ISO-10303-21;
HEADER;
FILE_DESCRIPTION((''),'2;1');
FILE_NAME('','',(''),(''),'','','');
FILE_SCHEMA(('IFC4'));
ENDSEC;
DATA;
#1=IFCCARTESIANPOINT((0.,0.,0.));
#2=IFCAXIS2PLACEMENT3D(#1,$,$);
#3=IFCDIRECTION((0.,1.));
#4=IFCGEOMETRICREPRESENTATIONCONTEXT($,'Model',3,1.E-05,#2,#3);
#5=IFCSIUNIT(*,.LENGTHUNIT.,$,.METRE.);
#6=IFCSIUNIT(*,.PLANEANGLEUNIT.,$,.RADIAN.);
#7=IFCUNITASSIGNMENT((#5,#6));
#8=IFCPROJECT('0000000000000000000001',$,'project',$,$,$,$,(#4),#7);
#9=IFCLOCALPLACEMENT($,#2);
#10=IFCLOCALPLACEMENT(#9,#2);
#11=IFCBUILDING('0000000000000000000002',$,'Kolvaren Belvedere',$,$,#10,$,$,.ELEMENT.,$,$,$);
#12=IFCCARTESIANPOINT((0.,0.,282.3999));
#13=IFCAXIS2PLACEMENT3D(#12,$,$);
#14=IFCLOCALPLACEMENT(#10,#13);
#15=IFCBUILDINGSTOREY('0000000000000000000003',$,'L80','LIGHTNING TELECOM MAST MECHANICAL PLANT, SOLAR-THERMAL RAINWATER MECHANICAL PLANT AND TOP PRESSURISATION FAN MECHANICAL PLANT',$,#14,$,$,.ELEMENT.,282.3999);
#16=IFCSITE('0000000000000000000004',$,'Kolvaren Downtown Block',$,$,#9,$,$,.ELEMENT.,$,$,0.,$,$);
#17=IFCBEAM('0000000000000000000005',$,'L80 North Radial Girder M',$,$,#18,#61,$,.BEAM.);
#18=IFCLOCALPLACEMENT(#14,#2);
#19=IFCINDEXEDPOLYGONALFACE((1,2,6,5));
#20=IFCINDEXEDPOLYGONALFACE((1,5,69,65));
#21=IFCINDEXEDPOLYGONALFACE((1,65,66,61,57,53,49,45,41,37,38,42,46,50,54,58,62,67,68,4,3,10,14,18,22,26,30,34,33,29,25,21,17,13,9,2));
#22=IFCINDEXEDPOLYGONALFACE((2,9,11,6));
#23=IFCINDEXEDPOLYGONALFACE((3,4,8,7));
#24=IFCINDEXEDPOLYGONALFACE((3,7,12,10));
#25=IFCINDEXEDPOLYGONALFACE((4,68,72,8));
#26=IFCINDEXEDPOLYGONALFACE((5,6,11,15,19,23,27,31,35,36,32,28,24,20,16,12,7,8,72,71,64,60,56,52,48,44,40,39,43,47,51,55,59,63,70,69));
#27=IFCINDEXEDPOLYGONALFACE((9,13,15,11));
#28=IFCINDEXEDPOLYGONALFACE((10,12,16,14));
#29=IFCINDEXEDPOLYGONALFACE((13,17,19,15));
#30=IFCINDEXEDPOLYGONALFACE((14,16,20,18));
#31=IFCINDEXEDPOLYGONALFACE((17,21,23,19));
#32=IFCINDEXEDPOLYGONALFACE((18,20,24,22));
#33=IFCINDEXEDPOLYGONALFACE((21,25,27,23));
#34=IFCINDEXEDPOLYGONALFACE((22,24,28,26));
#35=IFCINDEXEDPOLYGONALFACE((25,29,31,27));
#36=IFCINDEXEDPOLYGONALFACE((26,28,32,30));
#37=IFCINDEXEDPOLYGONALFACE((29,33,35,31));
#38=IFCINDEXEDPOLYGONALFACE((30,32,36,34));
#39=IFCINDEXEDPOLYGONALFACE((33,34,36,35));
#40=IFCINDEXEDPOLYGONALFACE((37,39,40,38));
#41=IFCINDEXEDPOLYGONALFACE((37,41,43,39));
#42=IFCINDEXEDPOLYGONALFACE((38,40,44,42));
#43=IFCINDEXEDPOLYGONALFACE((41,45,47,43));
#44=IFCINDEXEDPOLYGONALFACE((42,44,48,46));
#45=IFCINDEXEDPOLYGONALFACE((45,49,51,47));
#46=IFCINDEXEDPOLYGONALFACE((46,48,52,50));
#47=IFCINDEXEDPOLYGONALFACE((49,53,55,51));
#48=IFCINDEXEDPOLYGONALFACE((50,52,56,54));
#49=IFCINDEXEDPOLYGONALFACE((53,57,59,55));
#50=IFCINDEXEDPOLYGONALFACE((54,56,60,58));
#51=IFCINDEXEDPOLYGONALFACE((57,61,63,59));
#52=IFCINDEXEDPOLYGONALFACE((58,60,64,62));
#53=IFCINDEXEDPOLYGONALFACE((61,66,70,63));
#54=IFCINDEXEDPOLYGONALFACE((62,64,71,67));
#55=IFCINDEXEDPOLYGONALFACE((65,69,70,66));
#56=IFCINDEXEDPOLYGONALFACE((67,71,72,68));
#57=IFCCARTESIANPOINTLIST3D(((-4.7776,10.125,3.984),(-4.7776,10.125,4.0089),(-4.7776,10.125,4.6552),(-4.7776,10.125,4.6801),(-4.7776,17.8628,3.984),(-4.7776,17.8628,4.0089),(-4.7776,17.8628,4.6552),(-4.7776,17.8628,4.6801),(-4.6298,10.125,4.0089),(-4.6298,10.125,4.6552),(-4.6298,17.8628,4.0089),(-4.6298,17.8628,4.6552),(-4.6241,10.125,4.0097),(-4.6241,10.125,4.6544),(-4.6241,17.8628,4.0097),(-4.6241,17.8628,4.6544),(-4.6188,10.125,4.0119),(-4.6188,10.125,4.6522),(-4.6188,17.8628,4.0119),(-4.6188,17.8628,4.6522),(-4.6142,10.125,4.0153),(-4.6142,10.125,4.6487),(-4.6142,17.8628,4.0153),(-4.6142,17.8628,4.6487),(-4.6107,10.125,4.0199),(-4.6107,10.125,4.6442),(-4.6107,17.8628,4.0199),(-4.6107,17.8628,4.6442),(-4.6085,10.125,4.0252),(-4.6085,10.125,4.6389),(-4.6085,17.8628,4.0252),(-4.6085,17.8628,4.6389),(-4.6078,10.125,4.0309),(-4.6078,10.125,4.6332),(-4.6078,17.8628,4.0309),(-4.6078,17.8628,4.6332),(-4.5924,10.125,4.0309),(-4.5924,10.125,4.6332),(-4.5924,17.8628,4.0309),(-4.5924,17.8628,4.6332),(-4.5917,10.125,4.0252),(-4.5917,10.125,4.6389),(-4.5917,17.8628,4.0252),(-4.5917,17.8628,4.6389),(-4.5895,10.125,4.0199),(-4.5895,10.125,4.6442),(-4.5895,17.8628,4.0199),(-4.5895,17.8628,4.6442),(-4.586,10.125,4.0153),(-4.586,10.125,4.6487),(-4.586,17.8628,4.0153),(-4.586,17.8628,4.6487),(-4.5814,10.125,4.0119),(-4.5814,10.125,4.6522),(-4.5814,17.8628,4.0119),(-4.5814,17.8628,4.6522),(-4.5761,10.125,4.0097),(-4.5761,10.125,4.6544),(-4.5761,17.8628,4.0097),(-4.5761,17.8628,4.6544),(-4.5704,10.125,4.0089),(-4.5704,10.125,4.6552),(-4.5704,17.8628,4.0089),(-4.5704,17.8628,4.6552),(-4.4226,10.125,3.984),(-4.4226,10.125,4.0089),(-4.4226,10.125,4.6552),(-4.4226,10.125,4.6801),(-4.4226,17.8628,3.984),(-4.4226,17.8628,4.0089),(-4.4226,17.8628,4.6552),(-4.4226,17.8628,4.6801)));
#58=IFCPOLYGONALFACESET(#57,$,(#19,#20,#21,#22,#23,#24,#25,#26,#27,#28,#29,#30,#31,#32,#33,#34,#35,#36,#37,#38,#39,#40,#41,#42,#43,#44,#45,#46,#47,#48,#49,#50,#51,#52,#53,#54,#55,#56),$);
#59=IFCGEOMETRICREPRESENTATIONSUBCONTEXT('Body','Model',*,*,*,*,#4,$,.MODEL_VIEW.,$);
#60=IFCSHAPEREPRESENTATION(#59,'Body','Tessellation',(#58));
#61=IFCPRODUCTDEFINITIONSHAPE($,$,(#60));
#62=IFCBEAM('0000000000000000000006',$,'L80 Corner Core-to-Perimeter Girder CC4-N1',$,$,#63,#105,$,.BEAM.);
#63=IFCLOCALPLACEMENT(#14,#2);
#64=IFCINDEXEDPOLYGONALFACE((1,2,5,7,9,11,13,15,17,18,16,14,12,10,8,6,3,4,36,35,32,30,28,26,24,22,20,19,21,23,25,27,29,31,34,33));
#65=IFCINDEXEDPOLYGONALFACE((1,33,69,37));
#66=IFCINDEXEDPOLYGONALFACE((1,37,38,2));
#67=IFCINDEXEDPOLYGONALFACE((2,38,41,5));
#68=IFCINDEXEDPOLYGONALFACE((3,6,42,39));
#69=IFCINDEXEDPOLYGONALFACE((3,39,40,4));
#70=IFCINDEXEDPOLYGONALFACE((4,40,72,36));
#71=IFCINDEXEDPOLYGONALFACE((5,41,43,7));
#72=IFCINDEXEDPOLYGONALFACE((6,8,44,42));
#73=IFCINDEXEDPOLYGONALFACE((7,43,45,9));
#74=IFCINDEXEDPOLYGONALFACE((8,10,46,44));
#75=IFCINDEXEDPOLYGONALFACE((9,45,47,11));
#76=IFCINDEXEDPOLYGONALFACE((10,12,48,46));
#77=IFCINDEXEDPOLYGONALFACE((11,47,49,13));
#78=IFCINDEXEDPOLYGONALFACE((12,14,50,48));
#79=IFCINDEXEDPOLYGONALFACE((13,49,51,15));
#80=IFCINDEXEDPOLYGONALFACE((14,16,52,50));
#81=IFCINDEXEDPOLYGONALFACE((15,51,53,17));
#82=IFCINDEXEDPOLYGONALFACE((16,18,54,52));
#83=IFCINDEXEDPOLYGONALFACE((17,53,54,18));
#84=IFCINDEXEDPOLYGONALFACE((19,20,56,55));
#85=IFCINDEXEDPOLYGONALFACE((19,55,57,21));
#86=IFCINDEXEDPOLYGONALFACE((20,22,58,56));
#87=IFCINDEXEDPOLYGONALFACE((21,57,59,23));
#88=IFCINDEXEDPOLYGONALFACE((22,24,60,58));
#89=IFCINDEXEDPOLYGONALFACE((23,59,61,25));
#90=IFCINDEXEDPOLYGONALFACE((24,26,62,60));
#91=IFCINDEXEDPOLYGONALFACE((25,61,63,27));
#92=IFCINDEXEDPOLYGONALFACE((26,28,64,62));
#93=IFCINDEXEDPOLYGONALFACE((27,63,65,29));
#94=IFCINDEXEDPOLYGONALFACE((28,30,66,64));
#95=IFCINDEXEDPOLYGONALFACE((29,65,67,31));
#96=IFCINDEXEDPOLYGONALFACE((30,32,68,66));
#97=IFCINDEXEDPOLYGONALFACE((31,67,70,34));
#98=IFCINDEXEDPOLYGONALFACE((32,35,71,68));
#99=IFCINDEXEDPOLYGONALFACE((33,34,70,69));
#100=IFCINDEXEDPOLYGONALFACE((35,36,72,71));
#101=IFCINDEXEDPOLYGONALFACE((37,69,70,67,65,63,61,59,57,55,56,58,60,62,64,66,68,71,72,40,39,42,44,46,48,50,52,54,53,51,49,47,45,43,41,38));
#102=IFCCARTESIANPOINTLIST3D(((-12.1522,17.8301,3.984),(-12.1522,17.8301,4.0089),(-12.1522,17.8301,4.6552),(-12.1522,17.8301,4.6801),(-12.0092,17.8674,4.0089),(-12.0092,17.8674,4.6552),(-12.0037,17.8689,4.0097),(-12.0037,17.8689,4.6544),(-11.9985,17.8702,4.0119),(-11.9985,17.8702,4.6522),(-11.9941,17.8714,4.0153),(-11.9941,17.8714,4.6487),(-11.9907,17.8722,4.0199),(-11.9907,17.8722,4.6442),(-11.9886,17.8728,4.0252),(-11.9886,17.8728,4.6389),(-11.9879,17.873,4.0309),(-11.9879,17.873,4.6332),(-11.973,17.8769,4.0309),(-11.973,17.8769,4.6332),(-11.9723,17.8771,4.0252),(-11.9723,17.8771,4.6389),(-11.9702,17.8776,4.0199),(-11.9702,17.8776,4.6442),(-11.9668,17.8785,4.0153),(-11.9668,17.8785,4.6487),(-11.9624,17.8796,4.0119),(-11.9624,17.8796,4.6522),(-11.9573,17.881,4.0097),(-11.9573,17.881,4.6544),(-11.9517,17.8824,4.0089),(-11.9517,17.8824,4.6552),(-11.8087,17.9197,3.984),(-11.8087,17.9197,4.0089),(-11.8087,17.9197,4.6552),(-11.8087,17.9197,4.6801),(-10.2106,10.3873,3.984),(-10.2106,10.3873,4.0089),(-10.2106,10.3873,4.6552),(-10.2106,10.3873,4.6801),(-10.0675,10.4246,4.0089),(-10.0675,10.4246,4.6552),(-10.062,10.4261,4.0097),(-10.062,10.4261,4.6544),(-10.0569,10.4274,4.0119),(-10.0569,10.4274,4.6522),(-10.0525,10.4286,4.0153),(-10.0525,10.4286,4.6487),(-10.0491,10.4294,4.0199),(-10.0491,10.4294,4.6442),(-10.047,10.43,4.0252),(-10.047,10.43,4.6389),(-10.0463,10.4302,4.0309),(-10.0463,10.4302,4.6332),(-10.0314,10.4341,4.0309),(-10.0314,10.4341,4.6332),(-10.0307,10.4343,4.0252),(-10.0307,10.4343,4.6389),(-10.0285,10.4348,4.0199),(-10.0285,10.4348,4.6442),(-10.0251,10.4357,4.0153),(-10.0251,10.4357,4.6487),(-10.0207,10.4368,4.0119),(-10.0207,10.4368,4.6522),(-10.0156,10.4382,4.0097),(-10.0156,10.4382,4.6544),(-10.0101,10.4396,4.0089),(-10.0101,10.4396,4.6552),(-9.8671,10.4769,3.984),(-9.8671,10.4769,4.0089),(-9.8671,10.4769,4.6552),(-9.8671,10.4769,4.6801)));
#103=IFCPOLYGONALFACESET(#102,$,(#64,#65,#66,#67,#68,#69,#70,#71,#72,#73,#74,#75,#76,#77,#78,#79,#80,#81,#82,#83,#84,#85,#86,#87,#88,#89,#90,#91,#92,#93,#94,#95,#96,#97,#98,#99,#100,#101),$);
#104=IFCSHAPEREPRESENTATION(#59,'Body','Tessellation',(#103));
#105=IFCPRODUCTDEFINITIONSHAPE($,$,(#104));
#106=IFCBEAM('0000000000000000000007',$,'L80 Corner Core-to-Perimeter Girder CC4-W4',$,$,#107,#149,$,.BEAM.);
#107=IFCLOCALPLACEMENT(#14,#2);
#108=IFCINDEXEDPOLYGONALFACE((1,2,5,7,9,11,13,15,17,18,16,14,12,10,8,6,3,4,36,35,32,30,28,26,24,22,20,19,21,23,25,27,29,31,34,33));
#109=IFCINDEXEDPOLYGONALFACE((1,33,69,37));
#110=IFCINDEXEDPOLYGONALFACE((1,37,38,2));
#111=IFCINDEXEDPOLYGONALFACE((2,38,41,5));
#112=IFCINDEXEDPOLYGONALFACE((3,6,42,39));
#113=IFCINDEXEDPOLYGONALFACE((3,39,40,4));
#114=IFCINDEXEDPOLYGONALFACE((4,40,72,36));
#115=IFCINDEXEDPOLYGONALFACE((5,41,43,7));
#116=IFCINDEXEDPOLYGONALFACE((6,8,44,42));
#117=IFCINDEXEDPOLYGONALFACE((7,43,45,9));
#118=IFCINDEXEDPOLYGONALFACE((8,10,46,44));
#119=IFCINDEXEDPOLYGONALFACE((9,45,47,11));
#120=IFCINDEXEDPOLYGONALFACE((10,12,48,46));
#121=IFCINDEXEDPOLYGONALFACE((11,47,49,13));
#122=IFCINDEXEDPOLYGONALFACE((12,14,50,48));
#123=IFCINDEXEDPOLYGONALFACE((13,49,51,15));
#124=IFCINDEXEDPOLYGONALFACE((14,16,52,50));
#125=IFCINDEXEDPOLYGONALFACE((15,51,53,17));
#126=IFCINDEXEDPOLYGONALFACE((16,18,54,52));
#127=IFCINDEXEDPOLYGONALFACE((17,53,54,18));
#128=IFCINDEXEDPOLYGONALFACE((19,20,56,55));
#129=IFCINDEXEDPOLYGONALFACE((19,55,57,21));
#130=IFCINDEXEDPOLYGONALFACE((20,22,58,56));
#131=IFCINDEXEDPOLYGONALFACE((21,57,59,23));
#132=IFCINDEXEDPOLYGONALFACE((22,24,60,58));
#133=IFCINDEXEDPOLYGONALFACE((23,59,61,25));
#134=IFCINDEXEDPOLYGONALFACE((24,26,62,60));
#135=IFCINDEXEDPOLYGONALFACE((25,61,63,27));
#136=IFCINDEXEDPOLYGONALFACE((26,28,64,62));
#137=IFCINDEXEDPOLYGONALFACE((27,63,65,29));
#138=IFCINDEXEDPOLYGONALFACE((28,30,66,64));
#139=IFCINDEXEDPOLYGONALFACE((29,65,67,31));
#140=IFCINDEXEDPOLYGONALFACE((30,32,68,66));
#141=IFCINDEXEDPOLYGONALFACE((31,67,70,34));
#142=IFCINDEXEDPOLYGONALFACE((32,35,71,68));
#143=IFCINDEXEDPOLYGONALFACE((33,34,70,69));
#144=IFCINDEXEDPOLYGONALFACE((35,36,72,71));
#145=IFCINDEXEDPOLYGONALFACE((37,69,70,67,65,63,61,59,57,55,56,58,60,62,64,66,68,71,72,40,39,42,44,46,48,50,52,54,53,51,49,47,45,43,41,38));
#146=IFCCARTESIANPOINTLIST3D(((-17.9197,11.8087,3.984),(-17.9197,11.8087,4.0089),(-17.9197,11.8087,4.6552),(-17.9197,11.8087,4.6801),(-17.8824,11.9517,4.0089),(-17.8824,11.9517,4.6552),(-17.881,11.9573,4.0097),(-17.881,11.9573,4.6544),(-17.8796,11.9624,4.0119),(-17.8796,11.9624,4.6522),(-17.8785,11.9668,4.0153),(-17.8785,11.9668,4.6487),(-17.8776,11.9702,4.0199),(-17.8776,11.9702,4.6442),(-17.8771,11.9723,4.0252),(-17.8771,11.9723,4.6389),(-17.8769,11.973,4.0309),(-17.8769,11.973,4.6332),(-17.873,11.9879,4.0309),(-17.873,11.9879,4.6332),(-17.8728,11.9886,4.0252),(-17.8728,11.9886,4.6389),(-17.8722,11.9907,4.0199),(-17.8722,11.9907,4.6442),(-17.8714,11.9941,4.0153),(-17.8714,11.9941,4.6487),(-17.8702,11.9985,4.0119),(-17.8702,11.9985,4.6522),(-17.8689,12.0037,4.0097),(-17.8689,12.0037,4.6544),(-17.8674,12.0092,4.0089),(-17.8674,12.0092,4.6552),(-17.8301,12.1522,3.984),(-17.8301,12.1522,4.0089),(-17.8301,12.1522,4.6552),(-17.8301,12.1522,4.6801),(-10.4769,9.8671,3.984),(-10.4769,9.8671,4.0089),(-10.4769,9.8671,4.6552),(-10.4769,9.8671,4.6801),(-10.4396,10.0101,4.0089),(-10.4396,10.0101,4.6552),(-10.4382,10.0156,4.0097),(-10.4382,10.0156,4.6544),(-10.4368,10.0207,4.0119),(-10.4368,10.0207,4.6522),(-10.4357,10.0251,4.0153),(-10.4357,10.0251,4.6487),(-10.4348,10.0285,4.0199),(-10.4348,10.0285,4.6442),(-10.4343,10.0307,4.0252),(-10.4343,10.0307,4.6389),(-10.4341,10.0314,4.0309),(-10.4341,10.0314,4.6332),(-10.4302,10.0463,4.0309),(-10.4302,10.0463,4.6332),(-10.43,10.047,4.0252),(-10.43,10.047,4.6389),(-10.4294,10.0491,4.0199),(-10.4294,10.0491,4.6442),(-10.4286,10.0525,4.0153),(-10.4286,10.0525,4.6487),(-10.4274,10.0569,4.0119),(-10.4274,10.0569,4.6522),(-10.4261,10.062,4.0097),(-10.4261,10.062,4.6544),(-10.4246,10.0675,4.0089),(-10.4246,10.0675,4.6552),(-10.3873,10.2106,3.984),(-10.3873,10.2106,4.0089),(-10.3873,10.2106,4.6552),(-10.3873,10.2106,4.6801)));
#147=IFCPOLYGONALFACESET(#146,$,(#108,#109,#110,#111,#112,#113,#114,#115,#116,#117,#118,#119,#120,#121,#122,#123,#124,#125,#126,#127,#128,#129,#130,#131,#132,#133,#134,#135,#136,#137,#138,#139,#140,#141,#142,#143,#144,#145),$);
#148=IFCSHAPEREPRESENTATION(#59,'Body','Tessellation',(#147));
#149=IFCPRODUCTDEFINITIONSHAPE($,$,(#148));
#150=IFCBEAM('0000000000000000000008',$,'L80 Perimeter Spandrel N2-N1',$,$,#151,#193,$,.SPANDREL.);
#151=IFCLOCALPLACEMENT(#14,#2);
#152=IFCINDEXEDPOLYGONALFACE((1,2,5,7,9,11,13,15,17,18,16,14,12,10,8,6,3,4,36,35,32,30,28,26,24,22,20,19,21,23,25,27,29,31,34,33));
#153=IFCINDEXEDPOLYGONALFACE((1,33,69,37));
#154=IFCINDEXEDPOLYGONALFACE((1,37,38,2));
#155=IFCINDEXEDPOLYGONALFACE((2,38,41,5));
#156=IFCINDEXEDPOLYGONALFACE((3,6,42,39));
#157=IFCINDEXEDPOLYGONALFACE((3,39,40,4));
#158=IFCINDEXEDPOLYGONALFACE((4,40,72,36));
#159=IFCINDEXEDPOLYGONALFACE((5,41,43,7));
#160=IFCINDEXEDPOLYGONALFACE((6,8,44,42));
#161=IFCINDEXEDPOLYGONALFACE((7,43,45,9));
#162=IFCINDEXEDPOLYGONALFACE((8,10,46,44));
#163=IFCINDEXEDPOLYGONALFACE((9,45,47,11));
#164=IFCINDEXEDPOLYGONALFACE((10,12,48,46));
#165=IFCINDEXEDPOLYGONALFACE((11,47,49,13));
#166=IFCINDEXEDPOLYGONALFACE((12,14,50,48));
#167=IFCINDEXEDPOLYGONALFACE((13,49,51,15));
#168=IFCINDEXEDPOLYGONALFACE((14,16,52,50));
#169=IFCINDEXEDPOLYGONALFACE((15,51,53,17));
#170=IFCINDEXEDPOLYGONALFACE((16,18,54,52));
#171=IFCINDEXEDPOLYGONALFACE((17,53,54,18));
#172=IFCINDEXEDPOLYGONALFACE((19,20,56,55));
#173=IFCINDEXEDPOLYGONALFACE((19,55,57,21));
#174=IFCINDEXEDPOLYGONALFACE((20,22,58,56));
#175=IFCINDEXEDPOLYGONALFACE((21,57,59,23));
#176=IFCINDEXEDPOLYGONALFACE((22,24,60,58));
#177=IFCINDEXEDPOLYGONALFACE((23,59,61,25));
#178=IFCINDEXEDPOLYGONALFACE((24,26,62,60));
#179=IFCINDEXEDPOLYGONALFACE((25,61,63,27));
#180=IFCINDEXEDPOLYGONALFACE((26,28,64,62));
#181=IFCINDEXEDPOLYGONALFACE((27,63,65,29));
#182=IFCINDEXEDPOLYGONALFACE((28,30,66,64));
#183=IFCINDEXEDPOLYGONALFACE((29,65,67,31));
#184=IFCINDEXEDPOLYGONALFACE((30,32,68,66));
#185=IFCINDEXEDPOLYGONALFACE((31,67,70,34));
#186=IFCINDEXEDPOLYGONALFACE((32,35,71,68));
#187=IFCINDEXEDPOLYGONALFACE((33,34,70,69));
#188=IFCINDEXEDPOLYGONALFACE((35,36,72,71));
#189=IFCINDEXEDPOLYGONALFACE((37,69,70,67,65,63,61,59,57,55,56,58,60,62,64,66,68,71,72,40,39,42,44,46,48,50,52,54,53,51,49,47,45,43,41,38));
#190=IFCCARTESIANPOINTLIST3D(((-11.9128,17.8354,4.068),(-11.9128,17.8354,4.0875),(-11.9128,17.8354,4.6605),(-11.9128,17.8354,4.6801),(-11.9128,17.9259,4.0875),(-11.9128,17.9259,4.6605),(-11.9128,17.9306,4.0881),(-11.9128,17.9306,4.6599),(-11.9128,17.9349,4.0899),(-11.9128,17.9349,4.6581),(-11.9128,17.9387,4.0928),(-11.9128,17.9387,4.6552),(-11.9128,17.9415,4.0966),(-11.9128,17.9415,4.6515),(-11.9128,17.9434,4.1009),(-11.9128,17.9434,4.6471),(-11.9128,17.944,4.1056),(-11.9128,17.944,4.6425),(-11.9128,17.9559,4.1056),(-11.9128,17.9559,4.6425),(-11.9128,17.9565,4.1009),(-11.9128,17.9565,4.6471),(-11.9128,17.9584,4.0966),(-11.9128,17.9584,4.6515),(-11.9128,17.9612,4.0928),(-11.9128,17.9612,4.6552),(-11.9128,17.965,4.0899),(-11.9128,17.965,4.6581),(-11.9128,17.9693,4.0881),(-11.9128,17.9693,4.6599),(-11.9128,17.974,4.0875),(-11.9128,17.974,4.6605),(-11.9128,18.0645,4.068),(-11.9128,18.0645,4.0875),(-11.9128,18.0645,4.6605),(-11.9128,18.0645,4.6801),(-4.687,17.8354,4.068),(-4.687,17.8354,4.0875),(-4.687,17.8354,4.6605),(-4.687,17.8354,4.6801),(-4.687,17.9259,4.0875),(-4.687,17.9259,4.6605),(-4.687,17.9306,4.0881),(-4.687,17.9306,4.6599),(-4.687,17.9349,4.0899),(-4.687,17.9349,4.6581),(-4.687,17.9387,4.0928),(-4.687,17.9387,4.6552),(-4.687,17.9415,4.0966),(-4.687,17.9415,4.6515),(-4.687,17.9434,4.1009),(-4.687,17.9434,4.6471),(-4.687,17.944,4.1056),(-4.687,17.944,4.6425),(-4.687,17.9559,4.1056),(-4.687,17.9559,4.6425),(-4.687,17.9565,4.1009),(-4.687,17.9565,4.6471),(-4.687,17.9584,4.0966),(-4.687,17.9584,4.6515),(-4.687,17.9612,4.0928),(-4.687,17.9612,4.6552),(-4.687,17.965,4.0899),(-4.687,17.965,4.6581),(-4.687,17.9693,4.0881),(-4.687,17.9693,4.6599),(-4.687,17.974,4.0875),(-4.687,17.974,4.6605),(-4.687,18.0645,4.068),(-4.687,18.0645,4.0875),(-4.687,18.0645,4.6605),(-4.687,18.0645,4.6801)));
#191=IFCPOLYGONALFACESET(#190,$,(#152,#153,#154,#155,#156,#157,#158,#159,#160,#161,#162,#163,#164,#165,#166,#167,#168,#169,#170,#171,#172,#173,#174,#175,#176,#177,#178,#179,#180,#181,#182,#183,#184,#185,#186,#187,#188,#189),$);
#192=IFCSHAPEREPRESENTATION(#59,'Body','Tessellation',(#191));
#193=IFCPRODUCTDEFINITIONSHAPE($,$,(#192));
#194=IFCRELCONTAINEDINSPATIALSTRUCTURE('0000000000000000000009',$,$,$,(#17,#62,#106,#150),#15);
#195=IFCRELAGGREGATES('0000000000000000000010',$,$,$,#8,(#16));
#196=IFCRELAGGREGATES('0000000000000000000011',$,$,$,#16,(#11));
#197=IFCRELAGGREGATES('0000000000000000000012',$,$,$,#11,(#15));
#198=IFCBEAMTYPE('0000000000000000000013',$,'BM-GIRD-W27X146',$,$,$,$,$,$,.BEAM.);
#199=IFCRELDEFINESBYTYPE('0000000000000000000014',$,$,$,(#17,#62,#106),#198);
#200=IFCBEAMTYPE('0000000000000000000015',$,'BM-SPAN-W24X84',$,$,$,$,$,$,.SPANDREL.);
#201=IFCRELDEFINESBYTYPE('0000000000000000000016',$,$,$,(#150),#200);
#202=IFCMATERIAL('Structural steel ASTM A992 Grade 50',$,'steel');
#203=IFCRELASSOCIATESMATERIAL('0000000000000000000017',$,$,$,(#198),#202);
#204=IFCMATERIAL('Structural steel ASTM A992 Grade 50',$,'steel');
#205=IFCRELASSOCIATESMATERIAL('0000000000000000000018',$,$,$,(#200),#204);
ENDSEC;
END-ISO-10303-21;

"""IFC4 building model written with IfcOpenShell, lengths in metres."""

from ifc_helpers import new_model, si_unit, direction, frame, origin, origin_2d, place, context, subcontext, project, spatial, i_section, extrude, material, material_profile, profile_set, type_object, element, save


model = new_model("IFC4")

# Units and contexts
model_context = context("Model", 3, precision=1e-05, world=origin(), true_north=direction((0.0, 1.0)))
body_context = subcontext(model_context, "Body", "Model", "MODEL_VIEW")
ifc_project = project(units=[si_unit("LENGTHUNIT", "METRE"), si_unit("PLANEANGLEUNIT", "RADIAN")], contexts=[model_context])

# Site, building, storey
site_placement = place(None, origin())
site = spatial("IfcSite", under=ifc_project, at=site_placement, Name="Kolvaren Downtown Block", CompositionType="ELEMENT", RefElevation=0.0)
building_placement = place(site_placement, origin())
building = spatial("IfcBuilding", under=site, at=building_placement, Name="Kolvaren Belvedere", CompositionType="ELEMENT")
storey_placement = place(building_placement, frame((0.0, 0.0, 282.3999)))
storey = spatial("IfcBuildingStorey", under=building, at=storey_placement, Name="L80", Description="LIGHTNING TELECOM MAST MECHANICAL PLANT, SOLAR-THERMAL RAINWATER MECHANICAL PLANT AND TOP PRESSURISATION FAN MECHANICAL PLANT", CompositionType="ELEMENT", Elevation=282.3999)

# Beams
ifc_material_1 = material(Name="Structural steel ASTM A992 Grade 50", Category="steel")
ifc_material_profile_1 = material_profile(ifc_material_1, i_section(OverallWidth=0.355, OverallDepth=0.696, WebThickness=0.0154, FlangeThickness=0.0249, FilletRadius=0.022, at=origin_2d()), Name="W27X146")
ifc_profile_set_1 = profile_set([ifc_material_profile_1], Name="Structural steel ASTM A992 Grade 50")
beam_type_1 = type_object("IfcBeamType", Name="BM-GIRD-W27X146", PredefinedType="BEAM", material=ifc_profile_set_1)
beam_1_placement = place(storey_placement, frame((-4.6001, 10.125, 4.332), z_axis=(0.0, 1.0, 0.0), x_axis=(-1.0, 0.0, 0.0)))
element("IfcBeam", 1, at=beam_1_placement, inside=storey, type_object=beam_type_1, Name="L80 North Radial Girder M", PredefinedType="BEAM", context=body_context, shape_type="SweptSolid", body=[
    extrude(i_section(OverallWidth=0.355, OverallDepth=0.696, WebThickness=0.0154, FlangeThickness=0.0249, FilletRadius=0.022, at=origin_2d()), origin(), (0.0, 0.0, 1.0), 7.7378),
])
for number, where, z_axis, x_axis, name in (
    (2, (-10.0388, 10.4321, 4.332), (-0.252426, 0.967616, 0.0), (-0.967616, -0.252426, 0.0), "L80 Corner Core-to-Perimeter Girder CC4-N1"),
    (3, (-10.4321, 10.0388, 4.332), (-0.967616, 0.252426, 0.0), (-0.252426, -0.967616, 0.0), "L80 Corner Core-to-Perimeter Girder CC4-W4"),
):
    element("IfcBeam", number, at=place(storey_placement, frame(where, z_axis=z_axis, x_axis=x_axis)), inside=storey, type_object=beam_type_1, Name=name, PredefinedType="BEAM", context=body_context, shape_type="SweptSolid", body=[
        extrude(i_section(OverallWidth=0.355, OverallDepth=0.696, WebThickness=0.0154, FlangeThickness=0.0249, FilletRadius=0.022, at=origin_2d()), origin(), (0.0, 0.0, 1.0), 7.6919),
    ])
ifc_material_2 = material(Name="Structural steel ASTM A992 Grade 50", Category="steel")
ifc_material_profile_2 = material_profile(ifc_material_2, i_section(OverallWidth=0.229, OverallDepth=0.6121, WebThickness=0.012, FlangeThickness=0.0195, FilletRadius=0.0181, at=origin_2d()), Name="W24X84")
ifc_profile_set_2 = profile_set([ifc_material_profile_2], Name="Structural steel ASTM A992 Grade 50")
beam_type_2 = type_object("IfcBeamType", Name="BM-SPAN-W24X84", PredefinedType="SPANDREL", material=ifc_profile_set_2)
beam_2_placement = place(storey_placement, frame((-4.687, 17.95, 4.374), z_axis=(-1.0, 0.0, 0.0), x_axis=(0.0, -1.0, 0.0)))
element("IfcBeam", 4, at=beam_2_placement, inside=storey, type_object=beam_type_2, Name="L80 Perimeter Spandrel N2-N1", PredefinedType="SPANDREL", context=body_context, shape_type="SweptSolid", body=[
    extrude(i_section(OverallWidth=0.229, OverallDepth=0.6121, WebThickness=0.012, FlangeThickness=0.0195, FilletRadius=0.0181, at=origin_2d()), origin(), (0.0, 0.0, 1.0), 7.2258),
])

save(model, "model.ifc")
